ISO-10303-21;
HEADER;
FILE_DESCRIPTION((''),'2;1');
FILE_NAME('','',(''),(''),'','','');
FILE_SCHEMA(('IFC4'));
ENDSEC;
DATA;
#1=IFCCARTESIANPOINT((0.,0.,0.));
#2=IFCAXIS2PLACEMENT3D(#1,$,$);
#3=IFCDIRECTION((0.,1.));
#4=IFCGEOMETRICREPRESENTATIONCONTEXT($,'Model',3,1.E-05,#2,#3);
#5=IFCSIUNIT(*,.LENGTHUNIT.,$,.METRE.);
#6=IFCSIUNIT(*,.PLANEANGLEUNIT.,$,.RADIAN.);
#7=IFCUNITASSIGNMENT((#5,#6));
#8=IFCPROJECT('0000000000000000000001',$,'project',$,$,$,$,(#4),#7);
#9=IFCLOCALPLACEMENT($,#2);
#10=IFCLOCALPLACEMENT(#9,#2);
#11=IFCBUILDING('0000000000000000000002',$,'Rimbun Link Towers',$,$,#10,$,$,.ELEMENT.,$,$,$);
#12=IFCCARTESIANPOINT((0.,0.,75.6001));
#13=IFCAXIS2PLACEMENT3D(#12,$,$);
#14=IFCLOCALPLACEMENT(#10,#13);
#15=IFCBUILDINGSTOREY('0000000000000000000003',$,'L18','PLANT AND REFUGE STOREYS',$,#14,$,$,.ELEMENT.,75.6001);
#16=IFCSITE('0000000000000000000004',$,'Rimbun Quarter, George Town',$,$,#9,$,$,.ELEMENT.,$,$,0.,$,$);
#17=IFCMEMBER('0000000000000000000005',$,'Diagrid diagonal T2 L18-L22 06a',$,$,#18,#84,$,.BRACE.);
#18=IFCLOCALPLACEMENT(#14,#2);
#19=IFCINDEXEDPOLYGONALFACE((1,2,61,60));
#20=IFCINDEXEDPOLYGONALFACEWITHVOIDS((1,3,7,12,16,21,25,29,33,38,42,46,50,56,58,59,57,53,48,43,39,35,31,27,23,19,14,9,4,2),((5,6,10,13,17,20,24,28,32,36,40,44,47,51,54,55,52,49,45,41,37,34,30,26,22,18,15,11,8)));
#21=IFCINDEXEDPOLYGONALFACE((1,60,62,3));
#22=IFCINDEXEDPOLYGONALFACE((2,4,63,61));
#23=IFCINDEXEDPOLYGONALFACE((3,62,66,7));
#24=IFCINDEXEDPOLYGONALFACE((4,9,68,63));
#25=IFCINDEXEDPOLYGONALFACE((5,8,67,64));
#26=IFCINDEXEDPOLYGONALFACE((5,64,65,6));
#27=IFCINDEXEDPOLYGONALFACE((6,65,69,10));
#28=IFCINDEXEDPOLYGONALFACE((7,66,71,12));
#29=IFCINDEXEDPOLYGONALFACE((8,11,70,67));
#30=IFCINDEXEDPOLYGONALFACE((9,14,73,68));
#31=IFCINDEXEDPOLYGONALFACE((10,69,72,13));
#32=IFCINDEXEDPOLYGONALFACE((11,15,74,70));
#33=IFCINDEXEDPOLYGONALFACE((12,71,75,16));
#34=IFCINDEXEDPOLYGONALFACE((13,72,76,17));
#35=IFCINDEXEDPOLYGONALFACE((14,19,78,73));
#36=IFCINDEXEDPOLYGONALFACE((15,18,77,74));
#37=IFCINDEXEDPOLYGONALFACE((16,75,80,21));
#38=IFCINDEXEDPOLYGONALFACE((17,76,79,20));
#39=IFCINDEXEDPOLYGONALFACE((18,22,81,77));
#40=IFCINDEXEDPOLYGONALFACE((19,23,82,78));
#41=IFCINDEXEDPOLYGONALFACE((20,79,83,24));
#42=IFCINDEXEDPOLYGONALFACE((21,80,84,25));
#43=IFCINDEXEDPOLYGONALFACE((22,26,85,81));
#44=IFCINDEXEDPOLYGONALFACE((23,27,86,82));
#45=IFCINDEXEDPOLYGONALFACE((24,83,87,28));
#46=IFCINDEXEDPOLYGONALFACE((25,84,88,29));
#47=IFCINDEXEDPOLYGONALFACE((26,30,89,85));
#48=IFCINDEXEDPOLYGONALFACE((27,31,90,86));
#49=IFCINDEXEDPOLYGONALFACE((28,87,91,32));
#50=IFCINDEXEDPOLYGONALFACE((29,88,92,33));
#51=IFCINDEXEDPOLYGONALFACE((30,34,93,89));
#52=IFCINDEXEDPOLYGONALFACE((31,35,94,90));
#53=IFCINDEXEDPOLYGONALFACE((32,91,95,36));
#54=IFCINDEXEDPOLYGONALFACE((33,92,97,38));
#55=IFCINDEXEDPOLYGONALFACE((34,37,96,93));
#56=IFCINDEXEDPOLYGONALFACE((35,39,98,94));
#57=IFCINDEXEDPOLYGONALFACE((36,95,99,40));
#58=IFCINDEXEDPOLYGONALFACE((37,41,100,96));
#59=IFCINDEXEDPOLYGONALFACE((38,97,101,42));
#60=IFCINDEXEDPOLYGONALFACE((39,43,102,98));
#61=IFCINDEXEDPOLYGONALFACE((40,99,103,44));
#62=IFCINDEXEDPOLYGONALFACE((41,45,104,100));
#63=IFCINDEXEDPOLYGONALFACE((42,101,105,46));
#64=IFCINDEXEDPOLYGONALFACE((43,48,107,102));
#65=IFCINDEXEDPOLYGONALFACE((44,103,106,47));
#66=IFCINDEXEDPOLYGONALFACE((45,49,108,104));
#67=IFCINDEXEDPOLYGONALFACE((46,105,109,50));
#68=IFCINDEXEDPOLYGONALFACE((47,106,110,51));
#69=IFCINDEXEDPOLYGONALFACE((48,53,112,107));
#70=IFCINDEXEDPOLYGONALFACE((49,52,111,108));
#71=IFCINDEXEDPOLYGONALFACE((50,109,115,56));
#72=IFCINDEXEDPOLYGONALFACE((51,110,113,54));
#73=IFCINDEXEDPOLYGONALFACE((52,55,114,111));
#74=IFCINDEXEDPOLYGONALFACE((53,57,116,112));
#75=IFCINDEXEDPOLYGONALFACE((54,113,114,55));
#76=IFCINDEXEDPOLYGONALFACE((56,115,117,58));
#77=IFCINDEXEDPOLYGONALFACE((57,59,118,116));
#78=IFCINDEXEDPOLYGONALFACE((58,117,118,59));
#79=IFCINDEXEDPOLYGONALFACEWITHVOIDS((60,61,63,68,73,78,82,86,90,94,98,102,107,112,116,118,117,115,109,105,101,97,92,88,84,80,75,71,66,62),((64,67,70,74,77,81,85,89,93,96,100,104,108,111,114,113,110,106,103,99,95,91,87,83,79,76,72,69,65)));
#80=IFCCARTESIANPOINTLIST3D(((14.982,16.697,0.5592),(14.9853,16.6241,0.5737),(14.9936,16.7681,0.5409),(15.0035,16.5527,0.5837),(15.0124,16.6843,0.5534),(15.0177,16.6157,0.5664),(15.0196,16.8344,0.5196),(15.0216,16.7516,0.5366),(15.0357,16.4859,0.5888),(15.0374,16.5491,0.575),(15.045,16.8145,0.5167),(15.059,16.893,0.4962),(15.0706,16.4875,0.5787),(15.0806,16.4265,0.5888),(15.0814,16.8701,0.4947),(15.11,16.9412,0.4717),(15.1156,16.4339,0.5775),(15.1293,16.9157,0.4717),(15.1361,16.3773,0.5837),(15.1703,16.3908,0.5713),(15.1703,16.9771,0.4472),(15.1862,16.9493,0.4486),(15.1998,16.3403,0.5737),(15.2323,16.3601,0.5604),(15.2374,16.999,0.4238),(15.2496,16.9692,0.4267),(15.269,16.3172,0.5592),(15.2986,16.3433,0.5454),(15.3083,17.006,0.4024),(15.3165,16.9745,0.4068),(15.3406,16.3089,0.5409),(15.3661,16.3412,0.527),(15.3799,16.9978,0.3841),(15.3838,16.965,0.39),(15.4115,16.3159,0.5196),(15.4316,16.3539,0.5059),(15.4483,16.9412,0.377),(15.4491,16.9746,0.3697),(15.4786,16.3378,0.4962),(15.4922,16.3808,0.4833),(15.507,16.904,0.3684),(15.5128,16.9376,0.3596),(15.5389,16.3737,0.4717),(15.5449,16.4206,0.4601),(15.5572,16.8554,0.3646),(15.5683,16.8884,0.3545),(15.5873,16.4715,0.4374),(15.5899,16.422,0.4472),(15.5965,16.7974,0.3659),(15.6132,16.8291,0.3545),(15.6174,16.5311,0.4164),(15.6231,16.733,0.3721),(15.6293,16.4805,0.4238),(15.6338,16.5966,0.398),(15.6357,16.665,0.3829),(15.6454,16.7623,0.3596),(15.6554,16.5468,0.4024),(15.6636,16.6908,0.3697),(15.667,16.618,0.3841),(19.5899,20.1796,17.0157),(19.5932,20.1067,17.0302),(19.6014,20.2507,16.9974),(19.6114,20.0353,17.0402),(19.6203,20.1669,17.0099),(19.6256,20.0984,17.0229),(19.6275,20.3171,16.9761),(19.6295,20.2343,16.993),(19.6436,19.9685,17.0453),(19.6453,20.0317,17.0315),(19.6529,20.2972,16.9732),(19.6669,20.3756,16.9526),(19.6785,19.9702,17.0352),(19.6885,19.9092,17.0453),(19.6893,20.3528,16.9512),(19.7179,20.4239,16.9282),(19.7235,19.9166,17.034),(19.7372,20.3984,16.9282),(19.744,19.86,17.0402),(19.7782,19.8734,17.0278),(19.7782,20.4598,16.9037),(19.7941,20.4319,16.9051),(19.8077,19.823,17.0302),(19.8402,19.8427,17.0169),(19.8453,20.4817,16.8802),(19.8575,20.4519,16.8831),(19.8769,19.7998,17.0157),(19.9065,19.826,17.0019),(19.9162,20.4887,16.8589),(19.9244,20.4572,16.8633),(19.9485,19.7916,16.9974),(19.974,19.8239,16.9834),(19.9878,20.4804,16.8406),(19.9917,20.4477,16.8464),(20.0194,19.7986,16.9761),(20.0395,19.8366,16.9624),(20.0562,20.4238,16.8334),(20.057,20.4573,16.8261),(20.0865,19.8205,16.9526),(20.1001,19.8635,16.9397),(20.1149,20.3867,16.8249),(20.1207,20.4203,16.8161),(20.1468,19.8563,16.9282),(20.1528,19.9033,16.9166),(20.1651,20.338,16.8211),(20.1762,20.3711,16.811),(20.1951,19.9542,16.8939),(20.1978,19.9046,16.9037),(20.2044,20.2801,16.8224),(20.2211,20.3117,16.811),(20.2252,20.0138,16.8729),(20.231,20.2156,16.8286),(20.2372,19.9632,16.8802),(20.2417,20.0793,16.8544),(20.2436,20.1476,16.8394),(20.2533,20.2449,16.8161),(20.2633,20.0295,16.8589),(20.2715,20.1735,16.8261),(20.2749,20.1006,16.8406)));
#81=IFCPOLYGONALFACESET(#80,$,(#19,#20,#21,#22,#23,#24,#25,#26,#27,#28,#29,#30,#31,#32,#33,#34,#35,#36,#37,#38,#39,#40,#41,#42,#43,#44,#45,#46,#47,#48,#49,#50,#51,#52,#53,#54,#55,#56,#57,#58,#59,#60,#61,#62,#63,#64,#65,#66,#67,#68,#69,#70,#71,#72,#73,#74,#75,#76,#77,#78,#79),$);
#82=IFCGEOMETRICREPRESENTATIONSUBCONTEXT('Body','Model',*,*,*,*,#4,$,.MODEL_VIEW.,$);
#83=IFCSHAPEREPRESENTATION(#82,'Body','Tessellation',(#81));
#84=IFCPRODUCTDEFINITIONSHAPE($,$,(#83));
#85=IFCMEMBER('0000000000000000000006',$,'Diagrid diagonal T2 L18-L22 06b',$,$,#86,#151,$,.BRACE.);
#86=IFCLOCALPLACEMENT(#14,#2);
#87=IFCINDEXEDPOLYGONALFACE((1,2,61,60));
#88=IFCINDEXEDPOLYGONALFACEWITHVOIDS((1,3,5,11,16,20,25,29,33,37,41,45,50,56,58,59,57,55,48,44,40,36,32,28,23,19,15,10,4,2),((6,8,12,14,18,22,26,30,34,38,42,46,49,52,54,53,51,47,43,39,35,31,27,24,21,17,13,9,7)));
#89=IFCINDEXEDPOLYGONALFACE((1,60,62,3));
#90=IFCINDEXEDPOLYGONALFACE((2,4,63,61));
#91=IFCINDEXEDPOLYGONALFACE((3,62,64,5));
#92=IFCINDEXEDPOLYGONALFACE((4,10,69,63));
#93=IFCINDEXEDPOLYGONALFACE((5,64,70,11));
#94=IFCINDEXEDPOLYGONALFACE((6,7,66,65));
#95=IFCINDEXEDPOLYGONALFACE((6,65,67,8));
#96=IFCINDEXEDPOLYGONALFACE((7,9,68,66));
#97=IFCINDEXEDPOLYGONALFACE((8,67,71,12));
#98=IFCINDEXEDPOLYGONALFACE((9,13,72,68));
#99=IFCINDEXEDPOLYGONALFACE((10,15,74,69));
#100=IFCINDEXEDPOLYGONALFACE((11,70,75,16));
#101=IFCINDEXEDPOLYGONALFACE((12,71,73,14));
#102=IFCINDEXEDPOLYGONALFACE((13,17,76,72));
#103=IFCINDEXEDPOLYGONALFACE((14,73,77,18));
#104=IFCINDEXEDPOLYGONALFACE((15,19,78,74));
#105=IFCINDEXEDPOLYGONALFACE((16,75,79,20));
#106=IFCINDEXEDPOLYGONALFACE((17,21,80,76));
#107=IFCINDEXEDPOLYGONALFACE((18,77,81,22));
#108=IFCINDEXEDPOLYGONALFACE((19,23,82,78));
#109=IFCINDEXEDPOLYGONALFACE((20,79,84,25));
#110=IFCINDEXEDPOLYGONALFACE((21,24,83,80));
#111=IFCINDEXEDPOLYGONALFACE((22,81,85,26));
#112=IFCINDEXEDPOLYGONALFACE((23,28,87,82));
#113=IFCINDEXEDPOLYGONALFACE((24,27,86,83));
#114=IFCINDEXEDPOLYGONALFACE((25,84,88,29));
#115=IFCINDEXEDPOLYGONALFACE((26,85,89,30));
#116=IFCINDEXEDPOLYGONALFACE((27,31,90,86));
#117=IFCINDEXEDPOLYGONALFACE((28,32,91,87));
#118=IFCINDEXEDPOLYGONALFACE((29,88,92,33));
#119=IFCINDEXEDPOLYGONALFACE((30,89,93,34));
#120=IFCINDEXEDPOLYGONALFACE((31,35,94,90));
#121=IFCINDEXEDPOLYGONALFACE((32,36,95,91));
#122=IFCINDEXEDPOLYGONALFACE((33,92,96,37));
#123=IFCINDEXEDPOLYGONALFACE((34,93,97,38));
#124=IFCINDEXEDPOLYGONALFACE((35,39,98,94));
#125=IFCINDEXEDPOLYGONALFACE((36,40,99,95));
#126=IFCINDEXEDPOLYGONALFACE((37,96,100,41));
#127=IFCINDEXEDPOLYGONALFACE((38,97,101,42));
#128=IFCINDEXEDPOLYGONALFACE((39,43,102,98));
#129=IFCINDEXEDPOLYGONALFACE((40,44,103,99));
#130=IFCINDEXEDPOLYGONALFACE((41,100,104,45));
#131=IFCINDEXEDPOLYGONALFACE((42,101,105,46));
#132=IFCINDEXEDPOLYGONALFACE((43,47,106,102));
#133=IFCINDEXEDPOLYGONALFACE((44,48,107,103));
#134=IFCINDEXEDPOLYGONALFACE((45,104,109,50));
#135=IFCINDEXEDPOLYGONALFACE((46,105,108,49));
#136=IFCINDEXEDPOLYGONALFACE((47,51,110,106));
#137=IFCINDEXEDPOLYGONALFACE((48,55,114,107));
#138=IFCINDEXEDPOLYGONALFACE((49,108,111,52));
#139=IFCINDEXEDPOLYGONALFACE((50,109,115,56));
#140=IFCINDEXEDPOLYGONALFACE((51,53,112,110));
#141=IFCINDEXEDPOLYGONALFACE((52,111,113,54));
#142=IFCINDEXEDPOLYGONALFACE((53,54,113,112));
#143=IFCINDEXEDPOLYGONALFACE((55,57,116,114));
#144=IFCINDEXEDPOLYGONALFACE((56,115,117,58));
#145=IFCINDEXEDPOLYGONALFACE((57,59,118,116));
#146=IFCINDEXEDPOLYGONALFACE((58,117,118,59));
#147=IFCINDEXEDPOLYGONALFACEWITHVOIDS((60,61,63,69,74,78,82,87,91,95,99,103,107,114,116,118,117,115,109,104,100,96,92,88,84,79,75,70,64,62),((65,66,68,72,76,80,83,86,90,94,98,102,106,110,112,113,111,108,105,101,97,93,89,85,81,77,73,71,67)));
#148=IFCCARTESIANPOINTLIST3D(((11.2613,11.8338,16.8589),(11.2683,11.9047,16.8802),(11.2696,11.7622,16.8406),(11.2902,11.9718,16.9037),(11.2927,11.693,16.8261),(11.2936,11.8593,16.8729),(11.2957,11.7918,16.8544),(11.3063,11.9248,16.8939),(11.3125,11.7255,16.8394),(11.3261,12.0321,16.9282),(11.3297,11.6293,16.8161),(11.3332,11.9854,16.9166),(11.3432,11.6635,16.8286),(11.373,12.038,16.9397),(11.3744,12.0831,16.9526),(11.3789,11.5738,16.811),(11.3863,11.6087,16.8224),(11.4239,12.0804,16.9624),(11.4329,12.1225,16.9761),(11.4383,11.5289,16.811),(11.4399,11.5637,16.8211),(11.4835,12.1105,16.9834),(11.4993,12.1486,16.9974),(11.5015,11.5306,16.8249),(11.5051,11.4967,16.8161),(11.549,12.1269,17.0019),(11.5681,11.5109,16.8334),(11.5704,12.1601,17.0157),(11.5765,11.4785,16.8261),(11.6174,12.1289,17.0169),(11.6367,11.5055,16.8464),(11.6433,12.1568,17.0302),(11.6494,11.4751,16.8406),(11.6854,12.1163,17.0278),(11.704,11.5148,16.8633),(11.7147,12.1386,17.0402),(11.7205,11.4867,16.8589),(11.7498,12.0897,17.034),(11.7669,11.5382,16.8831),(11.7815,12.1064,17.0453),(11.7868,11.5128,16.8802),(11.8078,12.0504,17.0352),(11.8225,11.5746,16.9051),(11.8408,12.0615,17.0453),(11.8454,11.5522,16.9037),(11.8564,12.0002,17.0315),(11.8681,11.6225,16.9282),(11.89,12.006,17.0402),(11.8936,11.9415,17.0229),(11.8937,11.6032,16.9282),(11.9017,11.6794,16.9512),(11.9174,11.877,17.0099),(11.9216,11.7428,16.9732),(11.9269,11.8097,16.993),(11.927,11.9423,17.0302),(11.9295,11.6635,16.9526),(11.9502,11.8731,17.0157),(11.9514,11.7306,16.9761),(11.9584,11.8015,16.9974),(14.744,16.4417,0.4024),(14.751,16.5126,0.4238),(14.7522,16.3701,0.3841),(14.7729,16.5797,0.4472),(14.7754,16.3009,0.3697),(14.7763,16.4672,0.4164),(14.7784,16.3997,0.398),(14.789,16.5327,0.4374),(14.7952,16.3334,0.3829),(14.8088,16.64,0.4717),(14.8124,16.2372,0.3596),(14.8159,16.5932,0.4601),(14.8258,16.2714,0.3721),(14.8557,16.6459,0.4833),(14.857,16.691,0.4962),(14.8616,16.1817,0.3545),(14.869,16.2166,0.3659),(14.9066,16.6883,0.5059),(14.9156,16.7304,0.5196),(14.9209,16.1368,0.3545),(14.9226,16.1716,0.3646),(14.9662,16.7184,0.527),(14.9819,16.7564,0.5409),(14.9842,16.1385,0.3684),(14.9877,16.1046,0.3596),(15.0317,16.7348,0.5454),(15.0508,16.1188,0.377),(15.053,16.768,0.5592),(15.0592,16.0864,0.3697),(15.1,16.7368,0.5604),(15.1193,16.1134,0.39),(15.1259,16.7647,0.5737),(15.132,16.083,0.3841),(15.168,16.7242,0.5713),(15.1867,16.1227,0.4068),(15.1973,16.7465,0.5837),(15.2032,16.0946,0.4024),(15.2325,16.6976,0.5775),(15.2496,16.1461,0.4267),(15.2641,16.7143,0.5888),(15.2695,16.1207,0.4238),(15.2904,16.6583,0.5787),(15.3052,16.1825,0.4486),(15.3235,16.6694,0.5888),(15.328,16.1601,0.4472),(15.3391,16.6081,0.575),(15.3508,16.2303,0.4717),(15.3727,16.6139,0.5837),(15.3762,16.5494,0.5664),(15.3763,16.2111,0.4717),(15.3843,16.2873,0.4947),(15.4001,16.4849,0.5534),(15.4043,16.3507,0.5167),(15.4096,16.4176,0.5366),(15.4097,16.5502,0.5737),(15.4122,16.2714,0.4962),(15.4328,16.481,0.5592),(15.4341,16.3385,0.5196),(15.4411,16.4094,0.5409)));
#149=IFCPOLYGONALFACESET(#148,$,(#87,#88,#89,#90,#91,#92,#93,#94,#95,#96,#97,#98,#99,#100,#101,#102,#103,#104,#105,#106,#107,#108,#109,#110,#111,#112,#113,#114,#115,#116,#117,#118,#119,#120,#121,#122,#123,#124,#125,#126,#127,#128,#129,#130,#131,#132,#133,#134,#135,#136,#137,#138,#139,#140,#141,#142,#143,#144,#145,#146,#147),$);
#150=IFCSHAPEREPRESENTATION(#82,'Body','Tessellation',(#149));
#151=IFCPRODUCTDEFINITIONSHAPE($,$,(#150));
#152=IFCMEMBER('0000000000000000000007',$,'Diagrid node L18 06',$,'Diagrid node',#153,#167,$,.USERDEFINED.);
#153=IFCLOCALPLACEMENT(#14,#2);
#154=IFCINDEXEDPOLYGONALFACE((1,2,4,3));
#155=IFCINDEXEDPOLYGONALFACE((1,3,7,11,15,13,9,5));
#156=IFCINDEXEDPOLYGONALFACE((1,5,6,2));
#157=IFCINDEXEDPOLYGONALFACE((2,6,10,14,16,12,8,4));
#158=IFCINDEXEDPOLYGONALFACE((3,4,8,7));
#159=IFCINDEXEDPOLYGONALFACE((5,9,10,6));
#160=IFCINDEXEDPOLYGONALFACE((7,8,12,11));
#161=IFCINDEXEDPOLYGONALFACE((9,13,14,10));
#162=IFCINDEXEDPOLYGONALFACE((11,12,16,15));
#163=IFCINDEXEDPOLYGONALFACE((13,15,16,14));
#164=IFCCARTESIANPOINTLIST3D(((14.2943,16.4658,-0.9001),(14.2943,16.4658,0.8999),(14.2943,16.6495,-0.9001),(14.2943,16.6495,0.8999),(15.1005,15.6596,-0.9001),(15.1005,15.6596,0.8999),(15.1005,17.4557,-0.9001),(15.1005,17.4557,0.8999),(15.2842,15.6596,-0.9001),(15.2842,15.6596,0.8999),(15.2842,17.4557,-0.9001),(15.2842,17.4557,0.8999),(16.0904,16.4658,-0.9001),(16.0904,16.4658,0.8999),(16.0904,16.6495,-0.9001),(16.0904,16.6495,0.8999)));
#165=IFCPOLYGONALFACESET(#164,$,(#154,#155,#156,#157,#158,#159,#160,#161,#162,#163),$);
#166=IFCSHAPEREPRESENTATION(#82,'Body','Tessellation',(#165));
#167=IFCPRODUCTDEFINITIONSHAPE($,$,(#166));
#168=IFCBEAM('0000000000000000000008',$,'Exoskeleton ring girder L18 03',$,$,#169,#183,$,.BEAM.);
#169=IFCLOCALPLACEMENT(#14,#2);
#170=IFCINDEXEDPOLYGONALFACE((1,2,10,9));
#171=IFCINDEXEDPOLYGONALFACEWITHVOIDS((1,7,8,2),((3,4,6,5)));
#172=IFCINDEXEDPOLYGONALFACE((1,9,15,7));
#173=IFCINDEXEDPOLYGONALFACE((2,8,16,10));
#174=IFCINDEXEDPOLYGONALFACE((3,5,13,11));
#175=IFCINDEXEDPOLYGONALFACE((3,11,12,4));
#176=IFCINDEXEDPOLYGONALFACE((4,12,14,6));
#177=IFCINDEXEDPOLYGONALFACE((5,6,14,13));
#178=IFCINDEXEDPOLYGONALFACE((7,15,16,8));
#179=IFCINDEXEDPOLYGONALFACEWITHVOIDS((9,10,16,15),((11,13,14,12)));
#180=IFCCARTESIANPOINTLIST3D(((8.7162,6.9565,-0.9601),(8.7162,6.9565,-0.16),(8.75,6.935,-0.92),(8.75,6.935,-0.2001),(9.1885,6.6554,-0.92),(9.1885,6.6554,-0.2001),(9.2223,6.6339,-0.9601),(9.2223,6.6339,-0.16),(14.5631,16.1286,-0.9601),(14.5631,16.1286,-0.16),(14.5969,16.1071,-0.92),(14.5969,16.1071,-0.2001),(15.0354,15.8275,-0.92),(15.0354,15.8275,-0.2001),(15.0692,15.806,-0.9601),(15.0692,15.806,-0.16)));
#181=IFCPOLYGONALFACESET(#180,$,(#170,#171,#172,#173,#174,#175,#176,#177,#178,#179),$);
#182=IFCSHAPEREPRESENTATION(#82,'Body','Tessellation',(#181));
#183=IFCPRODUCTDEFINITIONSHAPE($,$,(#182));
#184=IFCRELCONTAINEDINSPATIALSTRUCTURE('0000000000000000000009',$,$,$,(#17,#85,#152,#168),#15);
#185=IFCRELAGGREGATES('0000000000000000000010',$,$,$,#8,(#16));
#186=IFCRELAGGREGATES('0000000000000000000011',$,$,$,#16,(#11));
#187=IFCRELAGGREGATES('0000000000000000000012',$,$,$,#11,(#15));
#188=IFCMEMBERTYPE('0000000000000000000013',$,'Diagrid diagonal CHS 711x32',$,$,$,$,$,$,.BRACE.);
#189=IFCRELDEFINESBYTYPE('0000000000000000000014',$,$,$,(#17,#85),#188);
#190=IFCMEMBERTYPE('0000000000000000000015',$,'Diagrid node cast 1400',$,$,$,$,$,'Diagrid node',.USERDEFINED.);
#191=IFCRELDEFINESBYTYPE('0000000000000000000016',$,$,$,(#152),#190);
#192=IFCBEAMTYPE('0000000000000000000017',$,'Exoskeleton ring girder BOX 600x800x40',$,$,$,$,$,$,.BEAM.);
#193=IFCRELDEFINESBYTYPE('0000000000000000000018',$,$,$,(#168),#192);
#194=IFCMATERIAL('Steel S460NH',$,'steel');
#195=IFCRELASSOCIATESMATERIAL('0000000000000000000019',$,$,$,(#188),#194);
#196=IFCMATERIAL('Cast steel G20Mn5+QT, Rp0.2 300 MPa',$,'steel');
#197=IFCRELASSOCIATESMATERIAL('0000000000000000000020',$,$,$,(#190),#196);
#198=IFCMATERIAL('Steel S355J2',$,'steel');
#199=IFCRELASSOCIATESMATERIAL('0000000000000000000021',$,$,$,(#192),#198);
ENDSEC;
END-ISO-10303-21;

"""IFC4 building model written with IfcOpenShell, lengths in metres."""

from ifc_helpers import new_model, si_unit, direction, frame, origin, origin_2d, place, context, subcontext, project, spatial, polyline, hollow_rectangle, hollow_circle, outline, extrude, material, material_profile, profile_set, type_object, element, save


model = new_model("IFC4")

# Units and contexts
model_context = context("Model", 3, precision=1e-05, world=origin(), true_north=direction((0.0, 1.0)))
body_context = subcontext(model_context, "Body", "Model", "MODEL_VIEW")
ifc_project = project(units=[si_unit("LENGTHUNIT", "METRE"), si_unit("PLANEANGLEUNIT", "RADIAN")], contexts=[model_context])

# Site, building, storey
site_placement = place(None, origin())
site = spatial("IfcSite", under=ifc_project, at=site_placement, Name="Rimbun Quarter, George Town", CompositionType="ELEMENT", RefElevation=0.0)
building_placement = place(site_placement, origin())
building = spatial("IfcBuilding", under=site, at=building_placement, Name="Rimbun Link Towers", CompositionType="ELEMENT")
storey_placement = place(building_placement, frame((0.0, 0.0, 75.6001)))
storey = spatial("IfcBuildingStorey", under=building, at=storey_placement, Name="L18", Description="PLANT AND REFUGE STOREYS", CompositionType="ELEMENT", Elevation=75.6001)

# Members
ifc_material_1 = material(Name="Steel S460NH", Category="steel")
ifc_material_profile_1 = material_profile(ifc_material_1, hollow_circle(Radius=0.3557, WallThickness=0.032, at=origin_2d()), Name="Diagrid diagonal CHS 711x32")
ifc_profile_set_1 = profile_set([ifc_material_profile_1], Name="Steel S460NH")
member_type_1 = type_object("IfcMemberType", Name="Diagrid diagonal CHS 711x32", PredefinedType="BRACE", material=ifc_profile_set_1)
for number, where, z_axis, x_axis, name in (
    (1, (15.3245, 16.6575, 0.4717), (0.264204, 0.199686, 0.943569), (-0.602958, 0.797773, 0.0), "Diagrid diagonal T2 L18-L22 06a"),
    (2, (15.0925, 16.4255, 0.4717), (-0.199686, -0.264204, 0.943569), (0.797773, -0.602958, 0.0), "Diagrid diagonal T2 L18-L22 06b"),
):
    element("IfcMember", number, at=place(storey_placement, frame(where, z_axis=z_axis, x_axis=x_axis)), inside=storey, type_object=member_type_1, Name=name, PredefinedType="BRACE", context=body_context, shape_type="SweptSolid", body=[
        extrude(hollow_circle(Radius=0.3557, WallThickness=0.032, at=origin_2d()), origin(), (0.0, 0.0, 1.0), 17.4407),
    ])
ifc_material_2 = material(Name="Cast steel G20Mn5+QT, Rp0.2 300 MPa", Category="steel")
ifc_material_profile_2 = material_profile(ifc_material_2, outline(polyline([(0.7, -0.5701), (0.7, 0.5701), (0.5701, 0.7), (-0.5701, 0.7), (-0.7, 0.5701), (-0.7, -0.5701), (-0.5701, -0.7), (0.5701, -0.7), (0.7, -0.5701)])), Name="NODE 1400x1400")
ifc_profile_set_2 = profile_set([ifc_material_profile_2], Name="Cast steel G20Mn5+QT, Rp0.2 300 MPa")
member_type_2 = type_object("IfcMemberType", Name="Diagrid node cast 1400", ElementType="Diagrid node", PredefinedType="USERDEFINED", material=ifc_profile_set_2)
member_1_placement = place(storey_placement, frame((15.1924, 16.5576, -0.9001), z_axis=(0.0, 0.0, 1.0), x_axis=(-0.707107, 0.707107, 0.0)))
element("IfcMember", 3, at=member_1_placement, inside=storey, type_object=member_type_2, Name="Diagrid node L18 06", ObjectType="Diagrid node", PredefinedType="USERDEFINED", context=body_context, shape_type="SweptSolid", body=[
    extrude(outline(polyline([(0.7, -0.5701), (0.7, 0.5701), (0.5701, 0.7), (-0.5701, 0.7), (-0.7, 0.5701), (-0.7, -0.5701), (-0.5701, -0.7), (0.5701, -0.7), (0.7, -0.5701)])), origin(), (0.0, 0.0, 1.0), 1.8),
])

# Beam
ifc_material_3 = material(Name="Steel S355J2", Category="steel")
ifc_material_profile_3 = material_profile(ifc_material_3, hollow_rectangle(XDim=0.6001, YDim=0.8, WallThickness=0.04, at=origin_2d()), Name="Exoskeleton ring girder BOX 600x800x40")
ifc_profile_set_3 = profile_set([ifc_material_profile_3], Name="Steel S355J2")
beam_type_1 = type_object("IfcBeamType", Name="Exoskeleton ring girder BOX 600x800x40", PredefinedType="BEAM", material=ifc_profile_set_3)
beam_1_placement = place(storey_placement, frame((14.8162, 15.9673, -0.5601), z_axis=(-0.537538, -0.84324, 0.0), x_axis=(0.84324, -0.537538, 0.0)))
element("IfcBeam", 4, at=beam_1_placement, inside=storey, type_object=beam_type_1, Name="Exoskeleton ring girder L18 03", PredefinedType="BEAM", context=body_context, shape_type="SweptSolid", body=[
    extrude(hollow_rectangle(XDim=0.6001, YDim=0.8, WallThickness=0.04, at=origin_2d()), origin(), (0.0, 0.0, 1.0), 10.8772),
])

save(model, "model.ifc")
